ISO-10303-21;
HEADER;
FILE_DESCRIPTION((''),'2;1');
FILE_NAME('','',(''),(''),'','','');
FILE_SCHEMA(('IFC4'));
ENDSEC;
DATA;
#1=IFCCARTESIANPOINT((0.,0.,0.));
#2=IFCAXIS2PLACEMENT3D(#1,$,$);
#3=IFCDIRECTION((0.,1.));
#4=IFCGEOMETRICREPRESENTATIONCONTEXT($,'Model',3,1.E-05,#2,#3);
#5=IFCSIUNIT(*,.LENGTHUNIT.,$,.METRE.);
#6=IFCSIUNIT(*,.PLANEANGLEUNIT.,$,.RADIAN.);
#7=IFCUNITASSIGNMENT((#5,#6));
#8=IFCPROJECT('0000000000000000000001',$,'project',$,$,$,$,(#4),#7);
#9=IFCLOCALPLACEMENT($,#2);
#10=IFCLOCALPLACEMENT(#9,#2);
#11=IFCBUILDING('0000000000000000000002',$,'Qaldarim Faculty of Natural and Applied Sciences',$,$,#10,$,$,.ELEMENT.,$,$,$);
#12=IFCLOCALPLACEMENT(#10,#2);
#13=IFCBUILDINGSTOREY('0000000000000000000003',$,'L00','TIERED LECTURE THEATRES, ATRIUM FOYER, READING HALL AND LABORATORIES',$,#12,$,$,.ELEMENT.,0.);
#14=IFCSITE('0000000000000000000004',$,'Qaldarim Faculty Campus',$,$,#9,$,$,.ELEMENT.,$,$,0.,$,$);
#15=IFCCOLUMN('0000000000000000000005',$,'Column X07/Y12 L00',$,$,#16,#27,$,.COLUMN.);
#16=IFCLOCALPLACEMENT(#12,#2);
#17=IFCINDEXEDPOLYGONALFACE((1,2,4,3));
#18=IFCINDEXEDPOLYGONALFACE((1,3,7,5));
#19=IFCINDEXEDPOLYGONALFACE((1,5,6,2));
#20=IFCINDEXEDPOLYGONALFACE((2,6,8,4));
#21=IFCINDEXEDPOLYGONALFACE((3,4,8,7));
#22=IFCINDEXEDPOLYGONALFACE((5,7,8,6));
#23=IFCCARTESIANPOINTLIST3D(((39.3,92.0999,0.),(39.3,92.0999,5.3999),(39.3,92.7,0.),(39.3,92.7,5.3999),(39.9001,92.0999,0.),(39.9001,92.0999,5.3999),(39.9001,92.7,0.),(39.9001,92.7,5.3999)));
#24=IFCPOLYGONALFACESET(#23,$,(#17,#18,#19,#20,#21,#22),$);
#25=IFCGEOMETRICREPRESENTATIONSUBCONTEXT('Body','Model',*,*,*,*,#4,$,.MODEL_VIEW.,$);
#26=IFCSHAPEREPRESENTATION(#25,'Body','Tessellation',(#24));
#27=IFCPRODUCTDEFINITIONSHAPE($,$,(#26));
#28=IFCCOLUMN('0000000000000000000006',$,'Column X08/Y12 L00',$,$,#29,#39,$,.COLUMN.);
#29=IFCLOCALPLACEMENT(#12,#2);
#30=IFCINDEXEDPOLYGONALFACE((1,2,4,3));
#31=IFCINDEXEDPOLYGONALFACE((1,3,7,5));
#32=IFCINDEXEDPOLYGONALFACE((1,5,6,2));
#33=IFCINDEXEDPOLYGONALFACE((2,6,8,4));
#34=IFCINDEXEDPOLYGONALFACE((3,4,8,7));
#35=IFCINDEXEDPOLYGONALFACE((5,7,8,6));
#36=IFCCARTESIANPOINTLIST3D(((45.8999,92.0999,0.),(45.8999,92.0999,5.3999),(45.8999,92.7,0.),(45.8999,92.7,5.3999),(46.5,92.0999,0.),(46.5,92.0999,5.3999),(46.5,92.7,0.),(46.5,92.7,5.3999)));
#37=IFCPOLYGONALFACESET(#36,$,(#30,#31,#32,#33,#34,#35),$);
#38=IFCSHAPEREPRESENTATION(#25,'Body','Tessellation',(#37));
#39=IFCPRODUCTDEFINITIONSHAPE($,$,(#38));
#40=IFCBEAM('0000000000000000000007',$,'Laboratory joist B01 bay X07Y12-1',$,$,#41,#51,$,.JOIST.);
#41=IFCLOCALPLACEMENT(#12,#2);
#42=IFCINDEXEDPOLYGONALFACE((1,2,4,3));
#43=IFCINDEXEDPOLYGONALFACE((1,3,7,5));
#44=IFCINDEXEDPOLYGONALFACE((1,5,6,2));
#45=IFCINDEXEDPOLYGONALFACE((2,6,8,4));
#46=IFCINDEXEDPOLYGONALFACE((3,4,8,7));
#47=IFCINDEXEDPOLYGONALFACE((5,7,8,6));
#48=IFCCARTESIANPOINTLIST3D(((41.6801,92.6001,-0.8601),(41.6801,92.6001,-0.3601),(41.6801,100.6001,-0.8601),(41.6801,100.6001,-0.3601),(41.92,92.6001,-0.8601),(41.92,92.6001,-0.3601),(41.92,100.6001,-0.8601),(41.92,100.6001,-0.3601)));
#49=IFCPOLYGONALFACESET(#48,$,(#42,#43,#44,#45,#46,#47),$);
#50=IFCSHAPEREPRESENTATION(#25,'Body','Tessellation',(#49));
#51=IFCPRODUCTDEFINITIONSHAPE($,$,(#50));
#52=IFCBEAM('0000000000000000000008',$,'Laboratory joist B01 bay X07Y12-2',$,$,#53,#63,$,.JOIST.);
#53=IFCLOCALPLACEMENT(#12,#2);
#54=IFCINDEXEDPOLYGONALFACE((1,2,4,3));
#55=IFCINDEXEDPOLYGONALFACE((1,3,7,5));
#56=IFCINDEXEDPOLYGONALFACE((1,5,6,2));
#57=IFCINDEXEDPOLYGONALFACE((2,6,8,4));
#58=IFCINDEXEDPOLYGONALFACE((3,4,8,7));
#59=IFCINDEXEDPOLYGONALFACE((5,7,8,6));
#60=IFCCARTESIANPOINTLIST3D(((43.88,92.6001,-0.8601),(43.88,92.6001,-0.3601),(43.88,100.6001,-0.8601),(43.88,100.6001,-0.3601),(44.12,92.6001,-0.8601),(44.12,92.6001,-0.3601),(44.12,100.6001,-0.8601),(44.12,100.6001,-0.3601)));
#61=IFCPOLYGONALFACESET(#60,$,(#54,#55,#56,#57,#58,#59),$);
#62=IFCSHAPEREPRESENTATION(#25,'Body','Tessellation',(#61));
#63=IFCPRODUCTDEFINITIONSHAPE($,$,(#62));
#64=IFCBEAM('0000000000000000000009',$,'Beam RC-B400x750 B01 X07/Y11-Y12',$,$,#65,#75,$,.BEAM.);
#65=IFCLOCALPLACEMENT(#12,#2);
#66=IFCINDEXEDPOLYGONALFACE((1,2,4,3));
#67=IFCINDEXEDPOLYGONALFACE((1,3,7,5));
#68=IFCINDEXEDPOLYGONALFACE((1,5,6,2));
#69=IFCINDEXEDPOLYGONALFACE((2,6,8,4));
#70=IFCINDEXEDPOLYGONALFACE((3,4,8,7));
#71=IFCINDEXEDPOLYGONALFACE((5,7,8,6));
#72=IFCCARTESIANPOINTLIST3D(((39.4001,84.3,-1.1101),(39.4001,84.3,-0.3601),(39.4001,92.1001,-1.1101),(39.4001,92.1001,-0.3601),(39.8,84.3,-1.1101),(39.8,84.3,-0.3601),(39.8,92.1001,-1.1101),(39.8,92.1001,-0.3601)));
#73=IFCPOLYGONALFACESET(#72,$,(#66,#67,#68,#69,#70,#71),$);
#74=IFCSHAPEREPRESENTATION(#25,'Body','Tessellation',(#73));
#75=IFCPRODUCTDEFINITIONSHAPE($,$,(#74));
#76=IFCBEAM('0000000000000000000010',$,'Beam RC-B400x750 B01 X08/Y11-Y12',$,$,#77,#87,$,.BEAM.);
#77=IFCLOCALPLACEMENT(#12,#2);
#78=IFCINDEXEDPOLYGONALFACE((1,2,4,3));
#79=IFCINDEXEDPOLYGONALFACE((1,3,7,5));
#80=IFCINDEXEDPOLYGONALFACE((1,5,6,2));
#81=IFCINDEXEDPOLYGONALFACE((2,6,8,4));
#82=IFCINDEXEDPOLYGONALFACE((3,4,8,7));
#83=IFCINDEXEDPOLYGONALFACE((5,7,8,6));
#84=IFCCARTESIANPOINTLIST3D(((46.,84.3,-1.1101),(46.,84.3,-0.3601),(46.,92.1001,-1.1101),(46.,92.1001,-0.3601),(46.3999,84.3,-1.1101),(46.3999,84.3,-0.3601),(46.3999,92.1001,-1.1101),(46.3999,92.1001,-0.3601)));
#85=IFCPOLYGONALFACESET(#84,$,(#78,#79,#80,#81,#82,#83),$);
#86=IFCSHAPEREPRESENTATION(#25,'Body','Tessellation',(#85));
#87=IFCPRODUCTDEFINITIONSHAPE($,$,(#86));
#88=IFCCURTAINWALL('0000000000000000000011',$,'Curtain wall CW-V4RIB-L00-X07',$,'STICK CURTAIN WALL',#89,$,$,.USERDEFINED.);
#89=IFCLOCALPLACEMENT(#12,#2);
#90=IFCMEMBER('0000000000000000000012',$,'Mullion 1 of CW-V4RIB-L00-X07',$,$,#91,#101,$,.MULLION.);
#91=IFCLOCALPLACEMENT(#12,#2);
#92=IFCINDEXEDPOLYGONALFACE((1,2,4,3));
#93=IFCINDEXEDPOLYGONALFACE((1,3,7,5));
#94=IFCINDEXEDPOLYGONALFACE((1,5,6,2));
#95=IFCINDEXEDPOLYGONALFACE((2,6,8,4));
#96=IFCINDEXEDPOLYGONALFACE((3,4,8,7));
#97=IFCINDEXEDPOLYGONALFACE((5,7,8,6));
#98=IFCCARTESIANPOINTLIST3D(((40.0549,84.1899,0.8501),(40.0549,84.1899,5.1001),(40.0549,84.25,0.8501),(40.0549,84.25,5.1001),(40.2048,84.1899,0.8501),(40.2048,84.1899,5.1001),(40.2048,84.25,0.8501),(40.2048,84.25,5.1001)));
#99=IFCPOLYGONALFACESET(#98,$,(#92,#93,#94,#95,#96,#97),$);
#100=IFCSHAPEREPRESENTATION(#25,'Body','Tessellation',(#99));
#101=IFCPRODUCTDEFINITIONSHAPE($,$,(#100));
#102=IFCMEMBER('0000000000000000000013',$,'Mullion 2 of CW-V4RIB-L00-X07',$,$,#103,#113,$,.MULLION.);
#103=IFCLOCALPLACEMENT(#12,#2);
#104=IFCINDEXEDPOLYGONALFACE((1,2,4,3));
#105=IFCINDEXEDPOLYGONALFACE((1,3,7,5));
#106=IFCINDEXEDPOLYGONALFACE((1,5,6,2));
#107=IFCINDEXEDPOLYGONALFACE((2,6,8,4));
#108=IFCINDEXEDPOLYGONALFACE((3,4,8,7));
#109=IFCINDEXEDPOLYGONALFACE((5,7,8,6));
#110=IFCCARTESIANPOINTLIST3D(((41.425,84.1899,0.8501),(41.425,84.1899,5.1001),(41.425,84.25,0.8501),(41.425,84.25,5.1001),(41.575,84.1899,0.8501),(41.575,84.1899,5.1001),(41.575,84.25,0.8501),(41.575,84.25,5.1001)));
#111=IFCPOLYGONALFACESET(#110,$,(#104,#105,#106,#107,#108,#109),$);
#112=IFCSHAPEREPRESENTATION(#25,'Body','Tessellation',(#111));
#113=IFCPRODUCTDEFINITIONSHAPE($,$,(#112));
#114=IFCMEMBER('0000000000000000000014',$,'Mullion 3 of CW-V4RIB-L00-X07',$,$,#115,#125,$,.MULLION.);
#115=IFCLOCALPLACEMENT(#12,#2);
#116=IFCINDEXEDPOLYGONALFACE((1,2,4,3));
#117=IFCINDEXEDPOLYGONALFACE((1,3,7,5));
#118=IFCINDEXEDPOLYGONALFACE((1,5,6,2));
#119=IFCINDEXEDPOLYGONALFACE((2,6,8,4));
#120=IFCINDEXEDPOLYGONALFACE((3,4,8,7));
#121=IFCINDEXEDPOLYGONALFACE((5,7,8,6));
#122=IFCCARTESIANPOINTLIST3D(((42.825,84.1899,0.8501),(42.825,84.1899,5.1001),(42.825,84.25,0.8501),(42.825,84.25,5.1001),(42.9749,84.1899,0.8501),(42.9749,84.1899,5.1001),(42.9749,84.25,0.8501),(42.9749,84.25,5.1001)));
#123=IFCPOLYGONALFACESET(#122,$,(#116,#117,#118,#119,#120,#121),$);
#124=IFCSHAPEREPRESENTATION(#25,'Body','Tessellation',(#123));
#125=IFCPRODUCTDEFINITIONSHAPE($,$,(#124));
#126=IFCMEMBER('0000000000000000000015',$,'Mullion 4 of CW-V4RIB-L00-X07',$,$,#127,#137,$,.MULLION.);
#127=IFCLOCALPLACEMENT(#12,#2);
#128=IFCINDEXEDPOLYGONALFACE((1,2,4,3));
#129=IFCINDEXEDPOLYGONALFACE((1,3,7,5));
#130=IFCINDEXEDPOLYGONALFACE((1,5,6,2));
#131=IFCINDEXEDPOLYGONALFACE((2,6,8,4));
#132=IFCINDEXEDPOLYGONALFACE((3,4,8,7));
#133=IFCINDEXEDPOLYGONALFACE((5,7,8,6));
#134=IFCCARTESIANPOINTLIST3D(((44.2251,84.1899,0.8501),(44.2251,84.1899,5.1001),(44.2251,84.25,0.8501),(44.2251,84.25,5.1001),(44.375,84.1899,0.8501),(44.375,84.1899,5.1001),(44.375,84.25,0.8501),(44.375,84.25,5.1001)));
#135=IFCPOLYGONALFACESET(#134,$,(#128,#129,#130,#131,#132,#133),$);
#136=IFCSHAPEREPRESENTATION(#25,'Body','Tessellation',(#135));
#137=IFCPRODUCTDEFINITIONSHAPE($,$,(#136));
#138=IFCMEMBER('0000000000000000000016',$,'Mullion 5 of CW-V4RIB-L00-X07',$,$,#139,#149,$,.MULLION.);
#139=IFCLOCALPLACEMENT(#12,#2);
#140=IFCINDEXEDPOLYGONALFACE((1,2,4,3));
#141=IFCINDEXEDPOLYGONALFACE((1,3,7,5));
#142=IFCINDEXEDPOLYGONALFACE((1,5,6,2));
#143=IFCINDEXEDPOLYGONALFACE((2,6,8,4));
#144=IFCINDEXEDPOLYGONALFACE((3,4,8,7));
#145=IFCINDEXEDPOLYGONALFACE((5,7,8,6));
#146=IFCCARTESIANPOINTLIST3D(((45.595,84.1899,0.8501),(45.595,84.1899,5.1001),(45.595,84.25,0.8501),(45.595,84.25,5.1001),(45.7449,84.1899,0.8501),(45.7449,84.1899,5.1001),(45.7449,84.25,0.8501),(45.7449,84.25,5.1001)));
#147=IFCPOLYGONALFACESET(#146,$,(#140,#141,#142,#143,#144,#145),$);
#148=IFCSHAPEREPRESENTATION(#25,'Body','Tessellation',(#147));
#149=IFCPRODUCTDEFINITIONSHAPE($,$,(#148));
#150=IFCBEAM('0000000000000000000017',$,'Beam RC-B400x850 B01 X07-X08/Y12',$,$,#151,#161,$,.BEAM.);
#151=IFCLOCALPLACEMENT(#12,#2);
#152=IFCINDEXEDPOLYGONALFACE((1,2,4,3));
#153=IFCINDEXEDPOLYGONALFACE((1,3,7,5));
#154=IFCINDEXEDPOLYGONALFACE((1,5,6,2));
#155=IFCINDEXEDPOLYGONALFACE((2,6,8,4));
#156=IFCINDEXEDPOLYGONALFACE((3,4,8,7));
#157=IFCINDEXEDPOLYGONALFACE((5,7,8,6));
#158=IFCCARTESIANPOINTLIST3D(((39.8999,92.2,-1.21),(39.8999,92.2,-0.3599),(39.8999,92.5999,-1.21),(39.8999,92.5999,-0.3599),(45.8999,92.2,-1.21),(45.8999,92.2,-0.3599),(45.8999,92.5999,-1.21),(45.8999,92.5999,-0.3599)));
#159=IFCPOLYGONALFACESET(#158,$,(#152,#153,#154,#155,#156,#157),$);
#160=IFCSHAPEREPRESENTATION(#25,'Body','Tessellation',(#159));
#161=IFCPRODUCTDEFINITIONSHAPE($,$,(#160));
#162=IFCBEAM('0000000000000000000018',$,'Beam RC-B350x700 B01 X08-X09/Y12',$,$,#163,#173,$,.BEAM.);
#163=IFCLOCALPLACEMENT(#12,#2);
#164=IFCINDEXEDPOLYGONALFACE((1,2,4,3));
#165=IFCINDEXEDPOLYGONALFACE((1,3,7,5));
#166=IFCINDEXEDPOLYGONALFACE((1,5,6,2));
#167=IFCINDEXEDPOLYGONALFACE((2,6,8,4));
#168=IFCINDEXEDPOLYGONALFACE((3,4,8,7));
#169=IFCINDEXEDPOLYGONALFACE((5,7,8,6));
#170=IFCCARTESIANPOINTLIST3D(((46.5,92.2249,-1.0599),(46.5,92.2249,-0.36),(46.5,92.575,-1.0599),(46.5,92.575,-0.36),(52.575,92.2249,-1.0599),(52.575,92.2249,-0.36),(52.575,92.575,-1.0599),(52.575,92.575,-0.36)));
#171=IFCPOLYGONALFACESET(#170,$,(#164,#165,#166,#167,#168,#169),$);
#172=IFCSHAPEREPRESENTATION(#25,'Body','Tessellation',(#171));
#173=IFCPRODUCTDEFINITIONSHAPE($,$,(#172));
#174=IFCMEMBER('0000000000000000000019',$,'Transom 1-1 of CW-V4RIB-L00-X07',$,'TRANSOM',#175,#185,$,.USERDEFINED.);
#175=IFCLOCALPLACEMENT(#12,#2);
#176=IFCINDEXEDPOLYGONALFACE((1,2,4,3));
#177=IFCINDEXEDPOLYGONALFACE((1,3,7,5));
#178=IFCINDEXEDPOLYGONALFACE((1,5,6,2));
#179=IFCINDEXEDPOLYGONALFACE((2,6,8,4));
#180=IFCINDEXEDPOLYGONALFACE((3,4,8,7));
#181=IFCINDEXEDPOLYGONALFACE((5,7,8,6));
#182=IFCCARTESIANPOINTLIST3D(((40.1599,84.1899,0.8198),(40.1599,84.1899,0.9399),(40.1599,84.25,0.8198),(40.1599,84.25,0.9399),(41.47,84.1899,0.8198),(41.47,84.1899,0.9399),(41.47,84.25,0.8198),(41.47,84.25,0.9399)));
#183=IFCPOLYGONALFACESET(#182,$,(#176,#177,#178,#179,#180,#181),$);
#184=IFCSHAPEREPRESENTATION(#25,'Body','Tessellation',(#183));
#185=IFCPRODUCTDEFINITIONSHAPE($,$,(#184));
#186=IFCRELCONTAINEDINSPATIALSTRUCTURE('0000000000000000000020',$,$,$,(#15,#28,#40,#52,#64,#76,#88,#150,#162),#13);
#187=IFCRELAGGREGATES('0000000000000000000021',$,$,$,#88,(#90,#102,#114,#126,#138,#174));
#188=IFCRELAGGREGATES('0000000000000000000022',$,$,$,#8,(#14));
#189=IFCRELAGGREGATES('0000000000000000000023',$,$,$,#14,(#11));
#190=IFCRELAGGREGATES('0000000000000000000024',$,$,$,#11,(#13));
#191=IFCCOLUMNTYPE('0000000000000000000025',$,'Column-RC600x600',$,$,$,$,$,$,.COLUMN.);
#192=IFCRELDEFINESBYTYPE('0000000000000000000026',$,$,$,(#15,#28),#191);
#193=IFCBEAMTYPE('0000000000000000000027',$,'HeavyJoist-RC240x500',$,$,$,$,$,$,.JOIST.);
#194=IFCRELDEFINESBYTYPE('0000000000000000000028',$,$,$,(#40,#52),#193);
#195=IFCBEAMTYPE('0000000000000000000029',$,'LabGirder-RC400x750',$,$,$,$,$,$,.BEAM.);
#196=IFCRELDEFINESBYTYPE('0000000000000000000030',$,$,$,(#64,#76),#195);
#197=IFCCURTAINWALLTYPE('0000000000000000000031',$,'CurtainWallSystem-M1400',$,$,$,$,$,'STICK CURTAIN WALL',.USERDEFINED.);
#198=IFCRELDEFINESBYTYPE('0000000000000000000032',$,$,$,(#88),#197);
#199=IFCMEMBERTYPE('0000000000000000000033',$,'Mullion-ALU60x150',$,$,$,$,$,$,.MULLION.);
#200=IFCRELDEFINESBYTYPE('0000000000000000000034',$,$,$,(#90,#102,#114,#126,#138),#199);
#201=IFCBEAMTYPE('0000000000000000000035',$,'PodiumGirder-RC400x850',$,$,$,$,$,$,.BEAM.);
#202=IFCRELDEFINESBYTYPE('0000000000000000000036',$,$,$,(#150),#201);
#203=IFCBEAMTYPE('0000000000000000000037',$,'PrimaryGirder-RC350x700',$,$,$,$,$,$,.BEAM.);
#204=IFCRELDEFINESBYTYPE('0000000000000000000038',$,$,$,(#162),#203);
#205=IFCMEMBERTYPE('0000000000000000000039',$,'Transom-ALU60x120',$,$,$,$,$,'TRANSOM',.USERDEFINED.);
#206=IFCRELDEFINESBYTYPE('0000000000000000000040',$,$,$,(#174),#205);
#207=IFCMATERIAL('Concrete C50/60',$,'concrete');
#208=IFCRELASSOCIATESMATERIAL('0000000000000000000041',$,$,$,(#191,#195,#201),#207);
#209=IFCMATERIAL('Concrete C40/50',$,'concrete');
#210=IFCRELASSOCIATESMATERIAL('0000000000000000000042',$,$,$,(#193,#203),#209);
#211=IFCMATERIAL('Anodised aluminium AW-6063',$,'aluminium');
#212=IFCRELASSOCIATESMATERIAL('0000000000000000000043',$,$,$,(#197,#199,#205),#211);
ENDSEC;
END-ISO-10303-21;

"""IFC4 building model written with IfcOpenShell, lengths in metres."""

from ifc_helpers import new_model, si_unit, direction, frame, origin, origin_2d, place, context, subcontext, project, spatial, rectangle, extrude, material, material_profile, profile_set, type_object, element, aggregate, save


model = new_model("IFC4")

# Units and contexts
model_context = context("Model", 3, precision=1e-05, world=origin(), true_north=direction((0.0, 1.0)))
body_context = subcontext(model_context, "Body", "Model", "MODEL_VIEW")
ifc_project = project(units=[si_unit("LENGTHUNIT", "METRE"), si_unit("PLANEANGLEUNIT", "RADIAN")], contexts=[model_context])

# Site, building, storey
site_placement = place(None, origin())
site = spatial("IfcSite", under=ifc_project, at=site_placement, Name="Qaldarim Faculty Campus", CompositionType="ELEMENT", RefElevation=0.0)
building_placement = place(site_placement, origin())
building = spatial("IfcBuilding", under=site, at=building_placement, Name="Qaldarim Faculty of Natural and Applied Sciences", CompositionType="ELEMENT")
storey_placement = place(building_placement, origin())
storey = spatial("IfcBuildingStorey", under=building, at=storey_placement, Name="L00", Description="TIERED LECTURE THEATRES, ATRIUM FOYER, READING HALL AND LABORATORIES", CompositionType="ELEMENT", Elevation=0.0)

# Columns
ifc_material_1 = material(Name="Concrete C50/60", Category="concrete")
ifc_material_profile_1 = material_profile(ifc_material_1, rectangle(XDim=0.6001, YDim=0.6001, at=origin_2d()), Name="RC-C600x600")
ifc_profile_set_1 = profile_set([ifc_material_profile_1], Name="Concrete C50/60")
column_type = type_object("IfcColumnType", Name="Column-RC600x600", PredefinedType="COLUMN", material=ifc_profile_set_1)
for number, where, z_axis, x_axis, name in (
    (1, (39.6001, 92.3999, 0.0), (0.0, 0.0, 1.0), (1.0, 0.0, 0.0), "Column X07/Y12 L00"),
    (2, (46.2, 92.3999, 0.0), (0.0, 0.0, 1.0), (1.0, 0.0, 0.0), "Column X08/Y12 L00"),
):
    element("IfcColumn", number, at=place(storey_placement, frame(where, z_axis=z_axis, x_axis=x_axis)), inside=storey, type_object=column_type, Name=name, PredefinedType="COLUMN", context=body_context, shape_type="SweptSolid", body=[
        extrude(rectangle(XDim=0.6001, YDim=0.6001, at=origin_2d()), origin(), (0.0, 0.0, 1.0), 5.3999),
    ])

# Beams
ifc_material_2 = material(Name="Concrete C40/50", Category="concrete")
ifc_material_profile_2 = material_profile(ifc_material_2, rectangle(XDim=0.24, YDim=0.5, at=origin_2d()), Name="RC-J240x500")
ifc_profile_set_2 = profile_set([ifc_material_profile_2], Name="Concrete C40/50")
beam_type_1 = type_object("IfcBeamType", Name="HeavyJoist-RC240x500", PredefinedType="JOIST", material=ifc_profile_set_2)
for number, where, z_axis, x_axis, name in (
    (3, (41.8, 92.6001, -0.6101), (0.0, 1.0, 0.0), (-1.0, 0.0, 0.0), "Laboratory joist B01 bay X07Y12-1"),
    (4, (44.0, 92.6001, -0.6101), (0.0, 1.0, 0.0), (-1.0, 0.0, 0.0), "Laboratory joist B01 bay X07Y12-2"),
):
    element("IfcBeam", number, at=place(storey_placement, frame(where, z_axis=z_axis, x_axis=x_axis)), inside=storey, type_object=beam_type_1, Name=name, PredefinedType="JOIST", context=body_context, shape_type="SweptSolid", body=[
        extrude(rectangle(XDim=0.24, YDim=0.5, at=origin_2d()), origin(), (0.0, 0.0, 1.0), 8.0),
    ])
ifc_material_profile_3 = material_profile(ifc_material_1, rectangle(XDim=0.3999, YDim=0.75, at=origin_2d()), Name="RC-B400x750")
ifc_profile_set_3 = profile_set([ifc_material_profile_3], Name="Concrete C50/60")
beam_type_2 = type_object("IfcBeamType", Name="LabGirder-RC400x750", PredefinedType="BEAM", material=ifc_profile_set_3)
for number, where, z_axis, x_axis, name in (
    (5, (39.6001, 84.3, -0.7351), (0.0, 1.0, 0.0), (-1.0, 0.0, 0.0), "Beam RC-B400x750 B01 X07/Y11-Y12"),
    (6, (46.2, 84.3, -0.7351), (0.0, 1.0, 0.0), (-1.0, 0.0, 0.0), "Beam RC-B400x750 B01 X08/Y11-Y12"),
):
    element("IfcBeam", number, at=place(storey_placement, frame(where, z_axis=z_axis, x_axis=x_axis)), inside=storey, type_object=beam_type_2, Name=name, PredefinedType="BEAM", context=body_context, shape_type="SweptSolid", body=[
        extrude(rectangle(XDim=0.3999, YDim=0.75, at=origin_2d()), origin(), (0.0, 0.0, 1.0), 7.8),
    ])

# Curtain wall, members
ifc_material_3 = material(Name="Anodised aluminium AW-6063", Category="aluminium")
curtain_wall_type = type_object("IfcCurtainWallType", Name="CurtainWallSystem-M1400", ElementType="STICK CURTAIN WALL", PredefinedType="USERDEFINED", material=ifc_material_3)
curtain_wall_placement = place(storey_placement, origin())
curtain_wall = element("IfcCurtainWall", 7, at=curtain_wall_placement, inside=storey, type_object=curtain_wall_type, Name="Curtain wall CW-V4RIB-L00-X07", ObjectType="STICK CURTAIN WALL", PredefinedType="USERDEFINED")
ifc_material_profile_4 = material_profile(ifc_material_3, rectangle(XDim=0.0601, YDim=0.1499, at=origin_2d()), Name="ALU-M60x150")
ifc_profile_set_4 = profile_set([ifc_material_profile_4], Name="Anodised aluminium AW-6063")
member_type_1 = type_object("IfcMemberType", Name="Mullion-ALU60x150", PredefinedType="MULLION", material=ifc_profile_set_4)
member_1_placement = place(storey_placement, frame((40.1299, 84.22, 0.8501), z_axis=(0.0, 0.0, 1.0), x_axis=(0.0, 1.0, 0.0)))
member_1 = element("IfcMember", 8, at=member_1_placement, type_object=member_type_1, Name="Mullion 1 of CW-V4RIB-L00-X07", PredefinedType="MULLION", context=body_context, shape_type="SweptSolid", body=[
    extrude(rectangle(XDim=0.0601, YDim=0.1499, at=origin_2d()), origin(), (0.0, 0.0, 1.0), 4.25),
])
member_2_placement = place(storey_placement, frame((41.5, 84.22, 0.8501), z_axis=(0.0, 0.0, 1.0), x_axis=(0.0, 1.0, 0.0)))
member_2 = element("IfcMember", 9, at=member_2_placement, type_object=member_type_1, Name="Mullion 2 of CW-V4RIB-L00-X07", PredefinedType="MULLION", context=body_context, shape_type="SweptSolid", body=[
    extrude(rectangle(XDim=0.0601, YDim=0.1499, at=origin_2d()), origin(), (0.0, 0.0, 1.0), 4.25),
])
member_3_placement = place(storey_placement, frame((42.8999, 84.22, 0.8501), z_axis=(0.0, 0.0, 1.0), x_axis=(0.0, 1.0, 0.0)))
member_3 = element("IfcMember", 10, at=member_3_placement, type_object=member_type_1, Name="Mullion 3 of CW-V4RIB-L00-X07", PredefinedType="MULLION", context=body_context, shape_type="SweptSolid", body=[
    extrude(rectangle(XDim=0.0601, YDim=0.1499, at=origin_2d()), origin(), (0.0, 0.0, 1.0), 4.25),
])
member_4_placement = place(storey_placement, frame((44.3, 84.22, 0.8501), z_axis=(0.0, 0.0, 1.0), x_axis=(0.0, 1.0, 0.0)))
member_4 = element("IfcMember", 11, at=member_4_placement, type_object=member_type_1, Name="Mullion 4 of CW-V4RIB-L00-X07", PredefinedType="MULLION", context=body_context, shape_type="SweptSolid", body=[
    extrude(rectangle(XDim=0.0601, YDim=0.1499, at=origin_2d()), origin(), (0.0, 0.0, 1.0), 4.25),
])
member_5_placement = place(storey_placement, frame((45.6699, 84.22, 0.8501), z_axis=(0.0, 0.0, 1.0), x_axis=(0.0, 1.0, 0.0)))
member_5 = element("IfcMember", 12, at=member_5_placement, type_object=member_type_1, Name="Mullion 5 of CW-V4RIB-L00-X07", PredefinedType="MULLION", context=body_context, shape_type="SweptSolid", body=[
    extrude(rectangle(XDim=0.0601, YDim=0.1499, at=origin_2d()), origin(), (0.0, 0.0, 1.0), 4.25),
])

# Beams
ifc_material_profile_5 = material_profile(ifc_material_1, rectangle(XDim=0.3999, YDim=0.8501, at=origin_2d()), Name="RC-B400x850")
ifc_profile_set_5 = profile_set([ifc_material_profile_5], Name="Concrete C50/60")
beam_type_3 = type_object("IfcBeamType", Name="PodiumGirder-RC400x850", PredefinedType="BEAM", material=ifc_profile_set_5)
beam_1_placement = place(storey_placement, frame((39.8999, 92.3999, -0.7849), z_axis=(1.0, 0.0, 0.0), x_axis=(0.0, 1.0, 0.0)))
element("IfcBeam", 13, at=beam_1_placement, inside=storey, type_object=beam_type_3, Name="Beam RC-B400x850 B01 X07-X08/Y12", PredefinedType="BEAM", context=body_context, shape_type="SweptSolid", body=[
    extrude(rectangle(XDim=0.3999, YDim=0.8501, at=origin_2d()), origin(), (0.0, 0.0, 1.0), 6.0),
])
ifc_material_profile_6 = material_profile(ifc_material_2, rectangle(XDim=0.3501, YDim=0.7, at=origin_2d()), Name="RC-B350x700")
ifc_profile_set_6 = profile_set([ifc_material_profile_6], Name="Concrete C40/50")
beam_type_4 = type_object("IfcBeamType", Name="PrimaryGirder-RC350x700", PredefinedType="BEAM", material=ifc_profile_set_6)
beam_2_placement = place(storey_placement, frame((46.5, 92.3999, -0.71), z_axis=(1.0, 0.0, 0.0), x_axis=(0.0, 1.0, 0.0)))
element("IfcBeam", 14, at=beam_2_placement, inside=storey, type_object=beam_type_4, Name="Beam RC-B350x700 B01 X08-X09/Y12", PredefinedType="BEAM", context=body_context, shape_type="SweptSolid", body=[
    extrude(rectangle(XDim=0.3501, YDim=0.7, at=origin_2d()), origin(), (0.0, 0.0, 1.0), 6.075),
])

# Member
ifc_material_profile_7 = material_profile(ifc_material_3, rectangle(XDim=0.0601, YDim=0.1201, at=origin_2d()), Name="ALU-T60x120")
ifc_profile_set_7 = profile_set([ifc_material_profile_7], Name="Anodised aluminium AW-6063")
member_type_2 = type_object("IfcMemberType", Name="Transom-ALU60x120", ElementType="TRANSOM", PredefinedType="USERDEFINED", material=ifc_profile_set_7)
member_6_placement = place(storey_placement, frame((40.1599, 84.22, 0.8799), z_axis=(1.0, 0.0, 0.0), x_axis=(0.0, 1.0, 0.0)))
member_6 = element("IfcMember", 15, at=member_6_placement, type_object=member_type_2, Name="Transom 1-1 of CW-V4RIB-L00-X07", ObjectType="TRANSOM", PredefinedType="USERDEFINED", context=body_context, shape_type="SweptSolid", body=[
    extrude(rectangle(XDim=0.0601, YDim=0.1201, at=origin_2d()), origin(), (0.0, 0.0, 1.0), 1.3101),
])

aggregate(curtain_wall, [member_1, member_2, member_3, member_4, member_5, member_6])

save(model, "model.ifc")
